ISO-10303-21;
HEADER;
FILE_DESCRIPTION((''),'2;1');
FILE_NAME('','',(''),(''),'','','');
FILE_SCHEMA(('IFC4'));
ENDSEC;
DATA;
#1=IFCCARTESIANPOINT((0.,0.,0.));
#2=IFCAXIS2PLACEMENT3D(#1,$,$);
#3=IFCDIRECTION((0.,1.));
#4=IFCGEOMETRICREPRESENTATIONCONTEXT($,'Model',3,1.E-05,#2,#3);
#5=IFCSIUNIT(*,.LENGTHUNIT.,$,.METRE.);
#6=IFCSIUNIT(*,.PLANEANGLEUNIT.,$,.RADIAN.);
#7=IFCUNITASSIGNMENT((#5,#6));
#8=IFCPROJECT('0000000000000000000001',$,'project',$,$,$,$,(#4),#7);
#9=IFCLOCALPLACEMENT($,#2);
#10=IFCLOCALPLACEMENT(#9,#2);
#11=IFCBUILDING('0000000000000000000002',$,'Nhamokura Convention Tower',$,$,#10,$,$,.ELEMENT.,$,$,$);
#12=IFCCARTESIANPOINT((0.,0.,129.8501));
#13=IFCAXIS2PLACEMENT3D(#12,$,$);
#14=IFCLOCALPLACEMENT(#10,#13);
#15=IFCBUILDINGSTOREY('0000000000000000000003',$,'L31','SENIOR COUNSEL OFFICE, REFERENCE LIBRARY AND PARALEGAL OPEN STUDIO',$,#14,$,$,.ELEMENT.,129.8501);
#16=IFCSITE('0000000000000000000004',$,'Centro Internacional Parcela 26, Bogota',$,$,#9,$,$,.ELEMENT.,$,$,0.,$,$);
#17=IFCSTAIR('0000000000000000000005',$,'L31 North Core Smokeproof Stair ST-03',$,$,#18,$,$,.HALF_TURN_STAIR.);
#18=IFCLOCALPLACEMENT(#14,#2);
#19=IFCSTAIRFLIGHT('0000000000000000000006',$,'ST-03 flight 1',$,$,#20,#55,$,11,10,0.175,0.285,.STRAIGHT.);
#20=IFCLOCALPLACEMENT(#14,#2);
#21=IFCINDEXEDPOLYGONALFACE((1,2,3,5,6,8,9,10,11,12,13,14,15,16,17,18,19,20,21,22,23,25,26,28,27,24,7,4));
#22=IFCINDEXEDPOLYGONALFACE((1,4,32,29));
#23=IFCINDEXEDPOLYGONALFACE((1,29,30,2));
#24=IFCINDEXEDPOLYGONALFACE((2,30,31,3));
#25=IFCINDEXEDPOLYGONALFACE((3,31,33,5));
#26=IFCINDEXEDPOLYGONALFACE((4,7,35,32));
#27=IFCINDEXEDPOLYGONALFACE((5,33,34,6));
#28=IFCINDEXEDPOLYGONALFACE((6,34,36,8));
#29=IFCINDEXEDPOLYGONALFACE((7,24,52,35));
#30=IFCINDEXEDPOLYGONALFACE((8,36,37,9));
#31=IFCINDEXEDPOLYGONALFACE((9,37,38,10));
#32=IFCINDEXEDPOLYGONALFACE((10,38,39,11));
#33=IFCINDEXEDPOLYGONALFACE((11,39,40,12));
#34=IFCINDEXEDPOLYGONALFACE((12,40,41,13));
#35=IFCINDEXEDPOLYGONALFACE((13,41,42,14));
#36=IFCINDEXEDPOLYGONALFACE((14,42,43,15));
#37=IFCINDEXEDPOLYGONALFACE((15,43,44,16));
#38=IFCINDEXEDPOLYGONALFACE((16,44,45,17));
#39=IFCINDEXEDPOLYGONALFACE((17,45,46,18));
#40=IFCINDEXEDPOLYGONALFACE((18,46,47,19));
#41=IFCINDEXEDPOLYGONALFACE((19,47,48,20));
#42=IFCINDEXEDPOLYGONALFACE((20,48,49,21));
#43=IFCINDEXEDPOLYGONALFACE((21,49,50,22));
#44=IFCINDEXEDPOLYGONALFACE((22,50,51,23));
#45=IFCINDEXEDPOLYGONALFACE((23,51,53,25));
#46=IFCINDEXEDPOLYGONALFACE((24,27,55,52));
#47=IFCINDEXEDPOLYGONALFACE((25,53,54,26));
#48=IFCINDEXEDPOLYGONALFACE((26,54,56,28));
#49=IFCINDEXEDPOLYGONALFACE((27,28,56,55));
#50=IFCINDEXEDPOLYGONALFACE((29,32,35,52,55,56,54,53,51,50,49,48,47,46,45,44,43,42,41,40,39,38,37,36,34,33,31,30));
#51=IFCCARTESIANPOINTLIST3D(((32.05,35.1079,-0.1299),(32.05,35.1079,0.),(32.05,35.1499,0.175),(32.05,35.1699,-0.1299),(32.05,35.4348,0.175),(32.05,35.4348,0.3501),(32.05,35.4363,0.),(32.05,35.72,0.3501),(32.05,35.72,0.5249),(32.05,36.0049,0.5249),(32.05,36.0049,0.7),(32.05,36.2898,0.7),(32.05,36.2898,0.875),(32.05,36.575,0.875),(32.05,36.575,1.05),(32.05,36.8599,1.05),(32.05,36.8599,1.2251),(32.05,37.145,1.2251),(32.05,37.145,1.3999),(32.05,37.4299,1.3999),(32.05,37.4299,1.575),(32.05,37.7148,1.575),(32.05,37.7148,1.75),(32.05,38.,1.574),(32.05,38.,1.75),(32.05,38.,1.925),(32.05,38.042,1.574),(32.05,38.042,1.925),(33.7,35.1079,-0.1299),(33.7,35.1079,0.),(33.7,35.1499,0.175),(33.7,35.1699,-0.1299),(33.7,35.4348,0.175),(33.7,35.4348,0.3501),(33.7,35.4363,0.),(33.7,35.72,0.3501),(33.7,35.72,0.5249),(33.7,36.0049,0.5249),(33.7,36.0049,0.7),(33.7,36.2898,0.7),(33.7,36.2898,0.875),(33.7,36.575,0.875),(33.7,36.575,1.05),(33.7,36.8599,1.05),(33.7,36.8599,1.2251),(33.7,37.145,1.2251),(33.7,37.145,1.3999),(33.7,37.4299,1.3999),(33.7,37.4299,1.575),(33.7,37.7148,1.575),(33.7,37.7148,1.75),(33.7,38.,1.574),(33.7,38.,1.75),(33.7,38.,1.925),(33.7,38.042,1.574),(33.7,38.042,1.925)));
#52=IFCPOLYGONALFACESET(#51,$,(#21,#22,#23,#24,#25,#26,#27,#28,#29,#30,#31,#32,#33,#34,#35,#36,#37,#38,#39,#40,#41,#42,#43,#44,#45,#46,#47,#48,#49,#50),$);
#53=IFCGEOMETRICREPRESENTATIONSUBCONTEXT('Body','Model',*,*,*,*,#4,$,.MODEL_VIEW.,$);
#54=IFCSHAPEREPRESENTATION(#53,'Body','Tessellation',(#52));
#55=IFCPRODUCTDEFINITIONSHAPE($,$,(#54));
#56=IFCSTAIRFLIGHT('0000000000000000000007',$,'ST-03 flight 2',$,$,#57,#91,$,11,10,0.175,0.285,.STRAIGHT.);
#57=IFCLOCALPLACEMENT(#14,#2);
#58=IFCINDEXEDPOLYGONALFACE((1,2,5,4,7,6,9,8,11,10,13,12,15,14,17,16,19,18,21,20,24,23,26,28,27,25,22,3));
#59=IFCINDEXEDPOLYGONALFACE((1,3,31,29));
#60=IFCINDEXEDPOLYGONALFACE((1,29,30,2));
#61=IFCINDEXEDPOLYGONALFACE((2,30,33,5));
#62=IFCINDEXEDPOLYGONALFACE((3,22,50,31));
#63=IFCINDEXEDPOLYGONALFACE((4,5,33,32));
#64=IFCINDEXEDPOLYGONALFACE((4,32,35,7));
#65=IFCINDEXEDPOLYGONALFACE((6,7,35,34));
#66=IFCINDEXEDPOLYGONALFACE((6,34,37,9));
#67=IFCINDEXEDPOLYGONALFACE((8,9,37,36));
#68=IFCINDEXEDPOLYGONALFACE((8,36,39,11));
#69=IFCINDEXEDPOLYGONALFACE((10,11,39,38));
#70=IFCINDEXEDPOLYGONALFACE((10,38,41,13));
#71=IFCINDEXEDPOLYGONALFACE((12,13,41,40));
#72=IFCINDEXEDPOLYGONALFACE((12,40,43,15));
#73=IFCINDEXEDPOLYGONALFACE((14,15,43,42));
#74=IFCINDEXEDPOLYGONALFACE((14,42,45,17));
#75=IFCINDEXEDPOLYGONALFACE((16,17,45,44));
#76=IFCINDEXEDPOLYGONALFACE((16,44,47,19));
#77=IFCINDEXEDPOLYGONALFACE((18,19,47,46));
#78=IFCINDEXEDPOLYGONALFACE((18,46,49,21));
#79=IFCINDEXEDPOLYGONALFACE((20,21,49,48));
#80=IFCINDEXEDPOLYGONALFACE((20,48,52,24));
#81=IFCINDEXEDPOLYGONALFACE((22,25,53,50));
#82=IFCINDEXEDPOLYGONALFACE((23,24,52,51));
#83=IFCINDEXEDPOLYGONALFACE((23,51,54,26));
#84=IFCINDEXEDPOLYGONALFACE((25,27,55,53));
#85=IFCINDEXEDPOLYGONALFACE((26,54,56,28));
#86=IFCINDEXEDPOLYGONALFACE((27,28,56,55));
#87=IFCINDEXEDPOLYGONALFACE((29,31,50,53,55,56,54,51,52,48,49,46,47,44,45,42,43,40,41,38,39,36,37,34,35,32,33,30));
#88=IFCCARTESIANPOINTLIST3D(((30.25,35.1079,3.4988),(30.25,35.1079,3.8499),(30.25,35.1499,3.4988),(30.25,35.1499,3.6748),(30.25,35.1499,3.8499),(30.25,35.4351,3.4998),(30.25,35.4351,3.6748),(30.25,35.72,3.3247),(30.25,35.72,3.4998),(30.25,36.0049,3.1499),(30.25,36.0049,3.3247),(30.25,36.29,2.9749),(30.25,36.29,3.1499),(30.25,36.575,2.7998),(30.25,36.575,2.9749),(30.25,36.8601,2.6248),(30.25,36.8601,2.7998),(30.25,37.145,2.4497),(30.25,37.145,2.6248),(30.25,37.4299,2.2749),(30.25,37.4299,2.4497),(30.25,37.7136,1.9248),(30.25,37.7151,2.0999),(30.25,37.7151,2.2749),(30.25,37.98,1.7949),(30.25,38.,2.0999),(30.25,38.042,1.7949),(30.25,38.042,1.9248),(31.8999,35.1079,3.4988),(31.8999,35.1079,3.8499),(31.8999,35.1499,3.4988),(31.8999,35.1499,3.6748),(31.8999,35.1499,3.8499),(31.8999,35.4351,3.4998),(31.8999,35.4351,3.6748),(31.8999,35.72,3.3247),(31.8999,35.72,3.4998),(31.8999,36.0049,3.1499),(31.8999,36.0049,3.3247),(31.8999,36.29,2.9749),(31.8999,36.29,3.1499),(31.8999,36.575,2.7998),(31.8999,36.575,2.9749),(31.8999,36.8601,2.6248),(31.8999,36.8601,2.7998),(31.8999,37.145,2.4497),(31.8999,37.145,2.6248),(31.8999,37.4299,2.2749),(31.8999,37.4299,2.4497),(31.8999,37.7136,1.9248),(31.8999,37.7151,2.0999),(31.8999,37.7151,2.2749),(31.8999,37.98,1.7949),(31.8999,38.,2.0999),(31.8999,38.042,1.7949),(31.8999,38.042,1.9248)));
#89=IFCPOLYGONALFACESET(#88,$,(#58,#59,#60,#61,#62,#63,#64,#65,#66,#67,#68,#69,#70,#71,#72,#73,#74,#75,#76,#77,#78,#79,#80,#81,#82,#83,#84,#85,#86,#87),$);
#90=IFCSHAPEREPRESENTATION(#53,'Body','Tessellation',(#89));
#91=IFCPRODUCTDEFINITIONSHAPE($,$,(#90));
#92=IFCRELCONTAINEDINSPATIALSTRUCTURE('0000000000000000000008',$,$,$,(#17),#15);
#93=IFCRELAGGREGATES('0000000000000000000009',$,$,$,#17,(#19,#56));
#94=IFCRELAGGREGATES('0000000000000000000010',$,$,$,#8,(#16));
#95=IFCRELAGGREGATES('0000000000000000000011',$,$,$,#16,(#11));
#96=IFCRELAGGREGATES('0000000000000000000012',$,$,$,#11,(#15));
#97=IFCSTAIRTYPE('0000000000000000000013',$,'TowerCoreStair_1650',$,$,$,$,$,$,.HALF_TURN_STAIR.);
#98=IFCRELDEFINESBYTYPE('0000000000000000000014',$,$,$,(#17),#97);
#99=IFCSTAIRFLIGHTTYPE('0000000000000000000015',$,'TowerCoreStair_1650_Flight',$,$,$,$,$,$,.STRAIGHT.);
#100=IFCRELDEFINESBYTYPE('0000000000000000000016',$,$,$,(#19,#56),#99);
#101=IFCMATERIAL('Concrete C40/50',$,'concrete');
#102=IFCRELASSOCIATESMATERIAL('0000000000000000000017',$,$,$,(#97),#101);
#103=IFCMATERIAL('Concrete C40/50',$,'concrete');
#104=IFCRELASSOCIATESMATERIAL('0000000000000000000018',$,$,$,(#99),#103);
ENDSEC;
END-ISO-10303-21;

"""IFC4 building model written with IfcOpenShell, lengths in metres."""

from ifc_helpers import new_model, si_unit, direction, frame, origin, place, context, subcontext, project, spatial, polyline, outline, extrude, material, type_object, element, aggregate, save


model = new_model("IFC4")

# Units and contexts
model_context = context("Model", 3, precision=1e-05, world=origin(), true_north=direction((0.0, 1.0)))
body_context = subcontext(model_context, "Body", "Model", "MODEL_VIEW")
ifc_project = project(units=[si_unit("LENGTHUNIT", "METRE"), si_unit("PLANEANGLEUNIT", "RADIAN")], contexts=[model_context])

# Site, building, storey
site_placement = place(None, origin())
site = spatial("IfcSite", under=ifc_project, at=site_placement, Name="Centro Internacional Parcela 26, Bogota", CompositionType="ELEMENT", RefElevation=0.0)
building_placement = place(site_placement, origin())
building = spatial("IfcBuilding", under=site, at=building_placement, Name="Nhamokura Convention Tower", CompositionType="ELEMENT")
storey_placement = place(building_placement, frame((0.0, 0.0, 129.8501)))
storey = spatial("IfcBuildingStorey", under=building, at=storey_placement, Name="L31", Description="SENIOR COUNSEL OFFICE, REFERENCE LIBRARY AND PARALEGAL OPEN STUDIO", CompositionType="ELEMENT", Elevation=129.8501)

# Stair, stair flights
ifc_material_1 = material(Name="Concrete C40/50", Category="concrete")
stair_type = type_object("IfcStairType", Name="TowerCoreStair_1650", PredefinedType="HALF_TURN_STAIR", material=ifc_material_1)
stair_placement = place(storey_placement, origin())
stair = element("IfcStair", 1, at=stair_placement, inside=storey, type_object=stair_type, Name="L31 North Core Smokeproof Stair ST-03", PredefinedType="HALF_TURN_STAIR")
ifc_material_2 = material(Name="Concrete C40/50", Category="concrete")
stair_flight_type = type_object("IfcStairFlightType", Name="TowerCoreStair_1650_Flight", PredefinedType="STRAIGHT", material=ifc_material_2)
stair_flight_1_placement = place(storey_placement, frame((32.875, 35.1499, 0.0), z_axis=(0.0, 0.0, 1.0), x_axis=(0.0, 1.0, 0.0)))
stair_flight_1 = element("IfcStairFlight", 2, at=stair_flight_1_placement, type_object=stair_flight_type, Name="ST-03 flight 1", NumberOfRisers=11, NumberOfTreads=10, PredefinedType="STRAIGHT", RiserHeight=0.175, TreadLength=0.285, context=body_context, shape_type="SweptSolid", body=[
    extrude(outline(polyline([(-0.042, 0.0), (0.0, 0.175), (0.2849, 0.175), (0.2849, 0.3501), (0.5701, 0.3501), (0.5701, 0.5249), (0.855, 0.5249), (0.855, 0.7), (1.1399, 0.7), (1.1399, 0.875), (1.425, 0.875), (1.425, 1.05), (1.71, 1.05), (1.71, 1.2251), (1.9951, 1.2251), (1.9951, 1.3999), (2.28, 1.3999), (2.28, 1.575), (2.5649, 1.575), (2.5649, 1.75), (2.8501, 1.75), (2.8501, 1.925), (2.8921, 1.925), (2.8921, 1.574), (2.8501, 1.574), (0.2864, 0.0), (0.02, -0.1299), (-0.042, -0.1299), (-0.042, 0.0)])), frame((0.0, 0.825, 0.0), z_axis=(0.0, -1.0, 0.0), x_axis=(1.0, 0.0, 0.0)), (0.0, 0.0, 1.0), 1.6499),
])
stair_flight_2_placement = place(storey_placement, frame((31.075, 38.0, 1.9248), z_axis=(0.0, 0.0, 1.0), x_axis=(0.0, -1.0, 0.0)))
stair_flight_2 = element("IfcStairFlight", 3, at=stair_flight_2_placement, type_object=stair_flight_type, Name="ST-03 flight 2", NumberOfRisers=11, NumberOfTreads=10, PredefinedType="STRAIGHT", RiserHeight=0.175, TreadLength=0.285, context=body_context, shape_type="SweptSolid", body=[
    extrude(outline(polyline([(-0.042, 0.0), (0.0, 0.175), (0.2849, 0.175), (0.2849, 0.3501), (0.5701, 0.3501), (0.5701, 0.5249), (0.855, 0.5249), (0.855, 0.7), (1.1399, 0.7), (1.1399, 0.875), (1.425, 0.875), (1.425, 1.05), (1.71, 1.05), (1.71, 1.2251), (1.9951, 1.2251), (1.9951, 1.3999), (2.28, 1.3999), (2.28, 1.575), (2.5649, 1.575), (2.5649, 1.75), (2.8501, 1.75), (2.8501, 1.925), (2.8921, 1.925), (2.8921, 1.574), (2.8501, 1.574), (0.2864, 0.0), (0.02, -0.1299), (-0.042, -0.1299), (-0.042, 0.0)])), frame((0.0, 0.825, 0.0), z_axis=(0.0, -1.0, 0.0), x_axis=(1.0, 0.0, 0.0)), (0.0, 0.0, 1.0), 1.6499),
])
aggregate(stair, [stair_flight_1, stair_flight_2])

save(model, "model.ifc")
